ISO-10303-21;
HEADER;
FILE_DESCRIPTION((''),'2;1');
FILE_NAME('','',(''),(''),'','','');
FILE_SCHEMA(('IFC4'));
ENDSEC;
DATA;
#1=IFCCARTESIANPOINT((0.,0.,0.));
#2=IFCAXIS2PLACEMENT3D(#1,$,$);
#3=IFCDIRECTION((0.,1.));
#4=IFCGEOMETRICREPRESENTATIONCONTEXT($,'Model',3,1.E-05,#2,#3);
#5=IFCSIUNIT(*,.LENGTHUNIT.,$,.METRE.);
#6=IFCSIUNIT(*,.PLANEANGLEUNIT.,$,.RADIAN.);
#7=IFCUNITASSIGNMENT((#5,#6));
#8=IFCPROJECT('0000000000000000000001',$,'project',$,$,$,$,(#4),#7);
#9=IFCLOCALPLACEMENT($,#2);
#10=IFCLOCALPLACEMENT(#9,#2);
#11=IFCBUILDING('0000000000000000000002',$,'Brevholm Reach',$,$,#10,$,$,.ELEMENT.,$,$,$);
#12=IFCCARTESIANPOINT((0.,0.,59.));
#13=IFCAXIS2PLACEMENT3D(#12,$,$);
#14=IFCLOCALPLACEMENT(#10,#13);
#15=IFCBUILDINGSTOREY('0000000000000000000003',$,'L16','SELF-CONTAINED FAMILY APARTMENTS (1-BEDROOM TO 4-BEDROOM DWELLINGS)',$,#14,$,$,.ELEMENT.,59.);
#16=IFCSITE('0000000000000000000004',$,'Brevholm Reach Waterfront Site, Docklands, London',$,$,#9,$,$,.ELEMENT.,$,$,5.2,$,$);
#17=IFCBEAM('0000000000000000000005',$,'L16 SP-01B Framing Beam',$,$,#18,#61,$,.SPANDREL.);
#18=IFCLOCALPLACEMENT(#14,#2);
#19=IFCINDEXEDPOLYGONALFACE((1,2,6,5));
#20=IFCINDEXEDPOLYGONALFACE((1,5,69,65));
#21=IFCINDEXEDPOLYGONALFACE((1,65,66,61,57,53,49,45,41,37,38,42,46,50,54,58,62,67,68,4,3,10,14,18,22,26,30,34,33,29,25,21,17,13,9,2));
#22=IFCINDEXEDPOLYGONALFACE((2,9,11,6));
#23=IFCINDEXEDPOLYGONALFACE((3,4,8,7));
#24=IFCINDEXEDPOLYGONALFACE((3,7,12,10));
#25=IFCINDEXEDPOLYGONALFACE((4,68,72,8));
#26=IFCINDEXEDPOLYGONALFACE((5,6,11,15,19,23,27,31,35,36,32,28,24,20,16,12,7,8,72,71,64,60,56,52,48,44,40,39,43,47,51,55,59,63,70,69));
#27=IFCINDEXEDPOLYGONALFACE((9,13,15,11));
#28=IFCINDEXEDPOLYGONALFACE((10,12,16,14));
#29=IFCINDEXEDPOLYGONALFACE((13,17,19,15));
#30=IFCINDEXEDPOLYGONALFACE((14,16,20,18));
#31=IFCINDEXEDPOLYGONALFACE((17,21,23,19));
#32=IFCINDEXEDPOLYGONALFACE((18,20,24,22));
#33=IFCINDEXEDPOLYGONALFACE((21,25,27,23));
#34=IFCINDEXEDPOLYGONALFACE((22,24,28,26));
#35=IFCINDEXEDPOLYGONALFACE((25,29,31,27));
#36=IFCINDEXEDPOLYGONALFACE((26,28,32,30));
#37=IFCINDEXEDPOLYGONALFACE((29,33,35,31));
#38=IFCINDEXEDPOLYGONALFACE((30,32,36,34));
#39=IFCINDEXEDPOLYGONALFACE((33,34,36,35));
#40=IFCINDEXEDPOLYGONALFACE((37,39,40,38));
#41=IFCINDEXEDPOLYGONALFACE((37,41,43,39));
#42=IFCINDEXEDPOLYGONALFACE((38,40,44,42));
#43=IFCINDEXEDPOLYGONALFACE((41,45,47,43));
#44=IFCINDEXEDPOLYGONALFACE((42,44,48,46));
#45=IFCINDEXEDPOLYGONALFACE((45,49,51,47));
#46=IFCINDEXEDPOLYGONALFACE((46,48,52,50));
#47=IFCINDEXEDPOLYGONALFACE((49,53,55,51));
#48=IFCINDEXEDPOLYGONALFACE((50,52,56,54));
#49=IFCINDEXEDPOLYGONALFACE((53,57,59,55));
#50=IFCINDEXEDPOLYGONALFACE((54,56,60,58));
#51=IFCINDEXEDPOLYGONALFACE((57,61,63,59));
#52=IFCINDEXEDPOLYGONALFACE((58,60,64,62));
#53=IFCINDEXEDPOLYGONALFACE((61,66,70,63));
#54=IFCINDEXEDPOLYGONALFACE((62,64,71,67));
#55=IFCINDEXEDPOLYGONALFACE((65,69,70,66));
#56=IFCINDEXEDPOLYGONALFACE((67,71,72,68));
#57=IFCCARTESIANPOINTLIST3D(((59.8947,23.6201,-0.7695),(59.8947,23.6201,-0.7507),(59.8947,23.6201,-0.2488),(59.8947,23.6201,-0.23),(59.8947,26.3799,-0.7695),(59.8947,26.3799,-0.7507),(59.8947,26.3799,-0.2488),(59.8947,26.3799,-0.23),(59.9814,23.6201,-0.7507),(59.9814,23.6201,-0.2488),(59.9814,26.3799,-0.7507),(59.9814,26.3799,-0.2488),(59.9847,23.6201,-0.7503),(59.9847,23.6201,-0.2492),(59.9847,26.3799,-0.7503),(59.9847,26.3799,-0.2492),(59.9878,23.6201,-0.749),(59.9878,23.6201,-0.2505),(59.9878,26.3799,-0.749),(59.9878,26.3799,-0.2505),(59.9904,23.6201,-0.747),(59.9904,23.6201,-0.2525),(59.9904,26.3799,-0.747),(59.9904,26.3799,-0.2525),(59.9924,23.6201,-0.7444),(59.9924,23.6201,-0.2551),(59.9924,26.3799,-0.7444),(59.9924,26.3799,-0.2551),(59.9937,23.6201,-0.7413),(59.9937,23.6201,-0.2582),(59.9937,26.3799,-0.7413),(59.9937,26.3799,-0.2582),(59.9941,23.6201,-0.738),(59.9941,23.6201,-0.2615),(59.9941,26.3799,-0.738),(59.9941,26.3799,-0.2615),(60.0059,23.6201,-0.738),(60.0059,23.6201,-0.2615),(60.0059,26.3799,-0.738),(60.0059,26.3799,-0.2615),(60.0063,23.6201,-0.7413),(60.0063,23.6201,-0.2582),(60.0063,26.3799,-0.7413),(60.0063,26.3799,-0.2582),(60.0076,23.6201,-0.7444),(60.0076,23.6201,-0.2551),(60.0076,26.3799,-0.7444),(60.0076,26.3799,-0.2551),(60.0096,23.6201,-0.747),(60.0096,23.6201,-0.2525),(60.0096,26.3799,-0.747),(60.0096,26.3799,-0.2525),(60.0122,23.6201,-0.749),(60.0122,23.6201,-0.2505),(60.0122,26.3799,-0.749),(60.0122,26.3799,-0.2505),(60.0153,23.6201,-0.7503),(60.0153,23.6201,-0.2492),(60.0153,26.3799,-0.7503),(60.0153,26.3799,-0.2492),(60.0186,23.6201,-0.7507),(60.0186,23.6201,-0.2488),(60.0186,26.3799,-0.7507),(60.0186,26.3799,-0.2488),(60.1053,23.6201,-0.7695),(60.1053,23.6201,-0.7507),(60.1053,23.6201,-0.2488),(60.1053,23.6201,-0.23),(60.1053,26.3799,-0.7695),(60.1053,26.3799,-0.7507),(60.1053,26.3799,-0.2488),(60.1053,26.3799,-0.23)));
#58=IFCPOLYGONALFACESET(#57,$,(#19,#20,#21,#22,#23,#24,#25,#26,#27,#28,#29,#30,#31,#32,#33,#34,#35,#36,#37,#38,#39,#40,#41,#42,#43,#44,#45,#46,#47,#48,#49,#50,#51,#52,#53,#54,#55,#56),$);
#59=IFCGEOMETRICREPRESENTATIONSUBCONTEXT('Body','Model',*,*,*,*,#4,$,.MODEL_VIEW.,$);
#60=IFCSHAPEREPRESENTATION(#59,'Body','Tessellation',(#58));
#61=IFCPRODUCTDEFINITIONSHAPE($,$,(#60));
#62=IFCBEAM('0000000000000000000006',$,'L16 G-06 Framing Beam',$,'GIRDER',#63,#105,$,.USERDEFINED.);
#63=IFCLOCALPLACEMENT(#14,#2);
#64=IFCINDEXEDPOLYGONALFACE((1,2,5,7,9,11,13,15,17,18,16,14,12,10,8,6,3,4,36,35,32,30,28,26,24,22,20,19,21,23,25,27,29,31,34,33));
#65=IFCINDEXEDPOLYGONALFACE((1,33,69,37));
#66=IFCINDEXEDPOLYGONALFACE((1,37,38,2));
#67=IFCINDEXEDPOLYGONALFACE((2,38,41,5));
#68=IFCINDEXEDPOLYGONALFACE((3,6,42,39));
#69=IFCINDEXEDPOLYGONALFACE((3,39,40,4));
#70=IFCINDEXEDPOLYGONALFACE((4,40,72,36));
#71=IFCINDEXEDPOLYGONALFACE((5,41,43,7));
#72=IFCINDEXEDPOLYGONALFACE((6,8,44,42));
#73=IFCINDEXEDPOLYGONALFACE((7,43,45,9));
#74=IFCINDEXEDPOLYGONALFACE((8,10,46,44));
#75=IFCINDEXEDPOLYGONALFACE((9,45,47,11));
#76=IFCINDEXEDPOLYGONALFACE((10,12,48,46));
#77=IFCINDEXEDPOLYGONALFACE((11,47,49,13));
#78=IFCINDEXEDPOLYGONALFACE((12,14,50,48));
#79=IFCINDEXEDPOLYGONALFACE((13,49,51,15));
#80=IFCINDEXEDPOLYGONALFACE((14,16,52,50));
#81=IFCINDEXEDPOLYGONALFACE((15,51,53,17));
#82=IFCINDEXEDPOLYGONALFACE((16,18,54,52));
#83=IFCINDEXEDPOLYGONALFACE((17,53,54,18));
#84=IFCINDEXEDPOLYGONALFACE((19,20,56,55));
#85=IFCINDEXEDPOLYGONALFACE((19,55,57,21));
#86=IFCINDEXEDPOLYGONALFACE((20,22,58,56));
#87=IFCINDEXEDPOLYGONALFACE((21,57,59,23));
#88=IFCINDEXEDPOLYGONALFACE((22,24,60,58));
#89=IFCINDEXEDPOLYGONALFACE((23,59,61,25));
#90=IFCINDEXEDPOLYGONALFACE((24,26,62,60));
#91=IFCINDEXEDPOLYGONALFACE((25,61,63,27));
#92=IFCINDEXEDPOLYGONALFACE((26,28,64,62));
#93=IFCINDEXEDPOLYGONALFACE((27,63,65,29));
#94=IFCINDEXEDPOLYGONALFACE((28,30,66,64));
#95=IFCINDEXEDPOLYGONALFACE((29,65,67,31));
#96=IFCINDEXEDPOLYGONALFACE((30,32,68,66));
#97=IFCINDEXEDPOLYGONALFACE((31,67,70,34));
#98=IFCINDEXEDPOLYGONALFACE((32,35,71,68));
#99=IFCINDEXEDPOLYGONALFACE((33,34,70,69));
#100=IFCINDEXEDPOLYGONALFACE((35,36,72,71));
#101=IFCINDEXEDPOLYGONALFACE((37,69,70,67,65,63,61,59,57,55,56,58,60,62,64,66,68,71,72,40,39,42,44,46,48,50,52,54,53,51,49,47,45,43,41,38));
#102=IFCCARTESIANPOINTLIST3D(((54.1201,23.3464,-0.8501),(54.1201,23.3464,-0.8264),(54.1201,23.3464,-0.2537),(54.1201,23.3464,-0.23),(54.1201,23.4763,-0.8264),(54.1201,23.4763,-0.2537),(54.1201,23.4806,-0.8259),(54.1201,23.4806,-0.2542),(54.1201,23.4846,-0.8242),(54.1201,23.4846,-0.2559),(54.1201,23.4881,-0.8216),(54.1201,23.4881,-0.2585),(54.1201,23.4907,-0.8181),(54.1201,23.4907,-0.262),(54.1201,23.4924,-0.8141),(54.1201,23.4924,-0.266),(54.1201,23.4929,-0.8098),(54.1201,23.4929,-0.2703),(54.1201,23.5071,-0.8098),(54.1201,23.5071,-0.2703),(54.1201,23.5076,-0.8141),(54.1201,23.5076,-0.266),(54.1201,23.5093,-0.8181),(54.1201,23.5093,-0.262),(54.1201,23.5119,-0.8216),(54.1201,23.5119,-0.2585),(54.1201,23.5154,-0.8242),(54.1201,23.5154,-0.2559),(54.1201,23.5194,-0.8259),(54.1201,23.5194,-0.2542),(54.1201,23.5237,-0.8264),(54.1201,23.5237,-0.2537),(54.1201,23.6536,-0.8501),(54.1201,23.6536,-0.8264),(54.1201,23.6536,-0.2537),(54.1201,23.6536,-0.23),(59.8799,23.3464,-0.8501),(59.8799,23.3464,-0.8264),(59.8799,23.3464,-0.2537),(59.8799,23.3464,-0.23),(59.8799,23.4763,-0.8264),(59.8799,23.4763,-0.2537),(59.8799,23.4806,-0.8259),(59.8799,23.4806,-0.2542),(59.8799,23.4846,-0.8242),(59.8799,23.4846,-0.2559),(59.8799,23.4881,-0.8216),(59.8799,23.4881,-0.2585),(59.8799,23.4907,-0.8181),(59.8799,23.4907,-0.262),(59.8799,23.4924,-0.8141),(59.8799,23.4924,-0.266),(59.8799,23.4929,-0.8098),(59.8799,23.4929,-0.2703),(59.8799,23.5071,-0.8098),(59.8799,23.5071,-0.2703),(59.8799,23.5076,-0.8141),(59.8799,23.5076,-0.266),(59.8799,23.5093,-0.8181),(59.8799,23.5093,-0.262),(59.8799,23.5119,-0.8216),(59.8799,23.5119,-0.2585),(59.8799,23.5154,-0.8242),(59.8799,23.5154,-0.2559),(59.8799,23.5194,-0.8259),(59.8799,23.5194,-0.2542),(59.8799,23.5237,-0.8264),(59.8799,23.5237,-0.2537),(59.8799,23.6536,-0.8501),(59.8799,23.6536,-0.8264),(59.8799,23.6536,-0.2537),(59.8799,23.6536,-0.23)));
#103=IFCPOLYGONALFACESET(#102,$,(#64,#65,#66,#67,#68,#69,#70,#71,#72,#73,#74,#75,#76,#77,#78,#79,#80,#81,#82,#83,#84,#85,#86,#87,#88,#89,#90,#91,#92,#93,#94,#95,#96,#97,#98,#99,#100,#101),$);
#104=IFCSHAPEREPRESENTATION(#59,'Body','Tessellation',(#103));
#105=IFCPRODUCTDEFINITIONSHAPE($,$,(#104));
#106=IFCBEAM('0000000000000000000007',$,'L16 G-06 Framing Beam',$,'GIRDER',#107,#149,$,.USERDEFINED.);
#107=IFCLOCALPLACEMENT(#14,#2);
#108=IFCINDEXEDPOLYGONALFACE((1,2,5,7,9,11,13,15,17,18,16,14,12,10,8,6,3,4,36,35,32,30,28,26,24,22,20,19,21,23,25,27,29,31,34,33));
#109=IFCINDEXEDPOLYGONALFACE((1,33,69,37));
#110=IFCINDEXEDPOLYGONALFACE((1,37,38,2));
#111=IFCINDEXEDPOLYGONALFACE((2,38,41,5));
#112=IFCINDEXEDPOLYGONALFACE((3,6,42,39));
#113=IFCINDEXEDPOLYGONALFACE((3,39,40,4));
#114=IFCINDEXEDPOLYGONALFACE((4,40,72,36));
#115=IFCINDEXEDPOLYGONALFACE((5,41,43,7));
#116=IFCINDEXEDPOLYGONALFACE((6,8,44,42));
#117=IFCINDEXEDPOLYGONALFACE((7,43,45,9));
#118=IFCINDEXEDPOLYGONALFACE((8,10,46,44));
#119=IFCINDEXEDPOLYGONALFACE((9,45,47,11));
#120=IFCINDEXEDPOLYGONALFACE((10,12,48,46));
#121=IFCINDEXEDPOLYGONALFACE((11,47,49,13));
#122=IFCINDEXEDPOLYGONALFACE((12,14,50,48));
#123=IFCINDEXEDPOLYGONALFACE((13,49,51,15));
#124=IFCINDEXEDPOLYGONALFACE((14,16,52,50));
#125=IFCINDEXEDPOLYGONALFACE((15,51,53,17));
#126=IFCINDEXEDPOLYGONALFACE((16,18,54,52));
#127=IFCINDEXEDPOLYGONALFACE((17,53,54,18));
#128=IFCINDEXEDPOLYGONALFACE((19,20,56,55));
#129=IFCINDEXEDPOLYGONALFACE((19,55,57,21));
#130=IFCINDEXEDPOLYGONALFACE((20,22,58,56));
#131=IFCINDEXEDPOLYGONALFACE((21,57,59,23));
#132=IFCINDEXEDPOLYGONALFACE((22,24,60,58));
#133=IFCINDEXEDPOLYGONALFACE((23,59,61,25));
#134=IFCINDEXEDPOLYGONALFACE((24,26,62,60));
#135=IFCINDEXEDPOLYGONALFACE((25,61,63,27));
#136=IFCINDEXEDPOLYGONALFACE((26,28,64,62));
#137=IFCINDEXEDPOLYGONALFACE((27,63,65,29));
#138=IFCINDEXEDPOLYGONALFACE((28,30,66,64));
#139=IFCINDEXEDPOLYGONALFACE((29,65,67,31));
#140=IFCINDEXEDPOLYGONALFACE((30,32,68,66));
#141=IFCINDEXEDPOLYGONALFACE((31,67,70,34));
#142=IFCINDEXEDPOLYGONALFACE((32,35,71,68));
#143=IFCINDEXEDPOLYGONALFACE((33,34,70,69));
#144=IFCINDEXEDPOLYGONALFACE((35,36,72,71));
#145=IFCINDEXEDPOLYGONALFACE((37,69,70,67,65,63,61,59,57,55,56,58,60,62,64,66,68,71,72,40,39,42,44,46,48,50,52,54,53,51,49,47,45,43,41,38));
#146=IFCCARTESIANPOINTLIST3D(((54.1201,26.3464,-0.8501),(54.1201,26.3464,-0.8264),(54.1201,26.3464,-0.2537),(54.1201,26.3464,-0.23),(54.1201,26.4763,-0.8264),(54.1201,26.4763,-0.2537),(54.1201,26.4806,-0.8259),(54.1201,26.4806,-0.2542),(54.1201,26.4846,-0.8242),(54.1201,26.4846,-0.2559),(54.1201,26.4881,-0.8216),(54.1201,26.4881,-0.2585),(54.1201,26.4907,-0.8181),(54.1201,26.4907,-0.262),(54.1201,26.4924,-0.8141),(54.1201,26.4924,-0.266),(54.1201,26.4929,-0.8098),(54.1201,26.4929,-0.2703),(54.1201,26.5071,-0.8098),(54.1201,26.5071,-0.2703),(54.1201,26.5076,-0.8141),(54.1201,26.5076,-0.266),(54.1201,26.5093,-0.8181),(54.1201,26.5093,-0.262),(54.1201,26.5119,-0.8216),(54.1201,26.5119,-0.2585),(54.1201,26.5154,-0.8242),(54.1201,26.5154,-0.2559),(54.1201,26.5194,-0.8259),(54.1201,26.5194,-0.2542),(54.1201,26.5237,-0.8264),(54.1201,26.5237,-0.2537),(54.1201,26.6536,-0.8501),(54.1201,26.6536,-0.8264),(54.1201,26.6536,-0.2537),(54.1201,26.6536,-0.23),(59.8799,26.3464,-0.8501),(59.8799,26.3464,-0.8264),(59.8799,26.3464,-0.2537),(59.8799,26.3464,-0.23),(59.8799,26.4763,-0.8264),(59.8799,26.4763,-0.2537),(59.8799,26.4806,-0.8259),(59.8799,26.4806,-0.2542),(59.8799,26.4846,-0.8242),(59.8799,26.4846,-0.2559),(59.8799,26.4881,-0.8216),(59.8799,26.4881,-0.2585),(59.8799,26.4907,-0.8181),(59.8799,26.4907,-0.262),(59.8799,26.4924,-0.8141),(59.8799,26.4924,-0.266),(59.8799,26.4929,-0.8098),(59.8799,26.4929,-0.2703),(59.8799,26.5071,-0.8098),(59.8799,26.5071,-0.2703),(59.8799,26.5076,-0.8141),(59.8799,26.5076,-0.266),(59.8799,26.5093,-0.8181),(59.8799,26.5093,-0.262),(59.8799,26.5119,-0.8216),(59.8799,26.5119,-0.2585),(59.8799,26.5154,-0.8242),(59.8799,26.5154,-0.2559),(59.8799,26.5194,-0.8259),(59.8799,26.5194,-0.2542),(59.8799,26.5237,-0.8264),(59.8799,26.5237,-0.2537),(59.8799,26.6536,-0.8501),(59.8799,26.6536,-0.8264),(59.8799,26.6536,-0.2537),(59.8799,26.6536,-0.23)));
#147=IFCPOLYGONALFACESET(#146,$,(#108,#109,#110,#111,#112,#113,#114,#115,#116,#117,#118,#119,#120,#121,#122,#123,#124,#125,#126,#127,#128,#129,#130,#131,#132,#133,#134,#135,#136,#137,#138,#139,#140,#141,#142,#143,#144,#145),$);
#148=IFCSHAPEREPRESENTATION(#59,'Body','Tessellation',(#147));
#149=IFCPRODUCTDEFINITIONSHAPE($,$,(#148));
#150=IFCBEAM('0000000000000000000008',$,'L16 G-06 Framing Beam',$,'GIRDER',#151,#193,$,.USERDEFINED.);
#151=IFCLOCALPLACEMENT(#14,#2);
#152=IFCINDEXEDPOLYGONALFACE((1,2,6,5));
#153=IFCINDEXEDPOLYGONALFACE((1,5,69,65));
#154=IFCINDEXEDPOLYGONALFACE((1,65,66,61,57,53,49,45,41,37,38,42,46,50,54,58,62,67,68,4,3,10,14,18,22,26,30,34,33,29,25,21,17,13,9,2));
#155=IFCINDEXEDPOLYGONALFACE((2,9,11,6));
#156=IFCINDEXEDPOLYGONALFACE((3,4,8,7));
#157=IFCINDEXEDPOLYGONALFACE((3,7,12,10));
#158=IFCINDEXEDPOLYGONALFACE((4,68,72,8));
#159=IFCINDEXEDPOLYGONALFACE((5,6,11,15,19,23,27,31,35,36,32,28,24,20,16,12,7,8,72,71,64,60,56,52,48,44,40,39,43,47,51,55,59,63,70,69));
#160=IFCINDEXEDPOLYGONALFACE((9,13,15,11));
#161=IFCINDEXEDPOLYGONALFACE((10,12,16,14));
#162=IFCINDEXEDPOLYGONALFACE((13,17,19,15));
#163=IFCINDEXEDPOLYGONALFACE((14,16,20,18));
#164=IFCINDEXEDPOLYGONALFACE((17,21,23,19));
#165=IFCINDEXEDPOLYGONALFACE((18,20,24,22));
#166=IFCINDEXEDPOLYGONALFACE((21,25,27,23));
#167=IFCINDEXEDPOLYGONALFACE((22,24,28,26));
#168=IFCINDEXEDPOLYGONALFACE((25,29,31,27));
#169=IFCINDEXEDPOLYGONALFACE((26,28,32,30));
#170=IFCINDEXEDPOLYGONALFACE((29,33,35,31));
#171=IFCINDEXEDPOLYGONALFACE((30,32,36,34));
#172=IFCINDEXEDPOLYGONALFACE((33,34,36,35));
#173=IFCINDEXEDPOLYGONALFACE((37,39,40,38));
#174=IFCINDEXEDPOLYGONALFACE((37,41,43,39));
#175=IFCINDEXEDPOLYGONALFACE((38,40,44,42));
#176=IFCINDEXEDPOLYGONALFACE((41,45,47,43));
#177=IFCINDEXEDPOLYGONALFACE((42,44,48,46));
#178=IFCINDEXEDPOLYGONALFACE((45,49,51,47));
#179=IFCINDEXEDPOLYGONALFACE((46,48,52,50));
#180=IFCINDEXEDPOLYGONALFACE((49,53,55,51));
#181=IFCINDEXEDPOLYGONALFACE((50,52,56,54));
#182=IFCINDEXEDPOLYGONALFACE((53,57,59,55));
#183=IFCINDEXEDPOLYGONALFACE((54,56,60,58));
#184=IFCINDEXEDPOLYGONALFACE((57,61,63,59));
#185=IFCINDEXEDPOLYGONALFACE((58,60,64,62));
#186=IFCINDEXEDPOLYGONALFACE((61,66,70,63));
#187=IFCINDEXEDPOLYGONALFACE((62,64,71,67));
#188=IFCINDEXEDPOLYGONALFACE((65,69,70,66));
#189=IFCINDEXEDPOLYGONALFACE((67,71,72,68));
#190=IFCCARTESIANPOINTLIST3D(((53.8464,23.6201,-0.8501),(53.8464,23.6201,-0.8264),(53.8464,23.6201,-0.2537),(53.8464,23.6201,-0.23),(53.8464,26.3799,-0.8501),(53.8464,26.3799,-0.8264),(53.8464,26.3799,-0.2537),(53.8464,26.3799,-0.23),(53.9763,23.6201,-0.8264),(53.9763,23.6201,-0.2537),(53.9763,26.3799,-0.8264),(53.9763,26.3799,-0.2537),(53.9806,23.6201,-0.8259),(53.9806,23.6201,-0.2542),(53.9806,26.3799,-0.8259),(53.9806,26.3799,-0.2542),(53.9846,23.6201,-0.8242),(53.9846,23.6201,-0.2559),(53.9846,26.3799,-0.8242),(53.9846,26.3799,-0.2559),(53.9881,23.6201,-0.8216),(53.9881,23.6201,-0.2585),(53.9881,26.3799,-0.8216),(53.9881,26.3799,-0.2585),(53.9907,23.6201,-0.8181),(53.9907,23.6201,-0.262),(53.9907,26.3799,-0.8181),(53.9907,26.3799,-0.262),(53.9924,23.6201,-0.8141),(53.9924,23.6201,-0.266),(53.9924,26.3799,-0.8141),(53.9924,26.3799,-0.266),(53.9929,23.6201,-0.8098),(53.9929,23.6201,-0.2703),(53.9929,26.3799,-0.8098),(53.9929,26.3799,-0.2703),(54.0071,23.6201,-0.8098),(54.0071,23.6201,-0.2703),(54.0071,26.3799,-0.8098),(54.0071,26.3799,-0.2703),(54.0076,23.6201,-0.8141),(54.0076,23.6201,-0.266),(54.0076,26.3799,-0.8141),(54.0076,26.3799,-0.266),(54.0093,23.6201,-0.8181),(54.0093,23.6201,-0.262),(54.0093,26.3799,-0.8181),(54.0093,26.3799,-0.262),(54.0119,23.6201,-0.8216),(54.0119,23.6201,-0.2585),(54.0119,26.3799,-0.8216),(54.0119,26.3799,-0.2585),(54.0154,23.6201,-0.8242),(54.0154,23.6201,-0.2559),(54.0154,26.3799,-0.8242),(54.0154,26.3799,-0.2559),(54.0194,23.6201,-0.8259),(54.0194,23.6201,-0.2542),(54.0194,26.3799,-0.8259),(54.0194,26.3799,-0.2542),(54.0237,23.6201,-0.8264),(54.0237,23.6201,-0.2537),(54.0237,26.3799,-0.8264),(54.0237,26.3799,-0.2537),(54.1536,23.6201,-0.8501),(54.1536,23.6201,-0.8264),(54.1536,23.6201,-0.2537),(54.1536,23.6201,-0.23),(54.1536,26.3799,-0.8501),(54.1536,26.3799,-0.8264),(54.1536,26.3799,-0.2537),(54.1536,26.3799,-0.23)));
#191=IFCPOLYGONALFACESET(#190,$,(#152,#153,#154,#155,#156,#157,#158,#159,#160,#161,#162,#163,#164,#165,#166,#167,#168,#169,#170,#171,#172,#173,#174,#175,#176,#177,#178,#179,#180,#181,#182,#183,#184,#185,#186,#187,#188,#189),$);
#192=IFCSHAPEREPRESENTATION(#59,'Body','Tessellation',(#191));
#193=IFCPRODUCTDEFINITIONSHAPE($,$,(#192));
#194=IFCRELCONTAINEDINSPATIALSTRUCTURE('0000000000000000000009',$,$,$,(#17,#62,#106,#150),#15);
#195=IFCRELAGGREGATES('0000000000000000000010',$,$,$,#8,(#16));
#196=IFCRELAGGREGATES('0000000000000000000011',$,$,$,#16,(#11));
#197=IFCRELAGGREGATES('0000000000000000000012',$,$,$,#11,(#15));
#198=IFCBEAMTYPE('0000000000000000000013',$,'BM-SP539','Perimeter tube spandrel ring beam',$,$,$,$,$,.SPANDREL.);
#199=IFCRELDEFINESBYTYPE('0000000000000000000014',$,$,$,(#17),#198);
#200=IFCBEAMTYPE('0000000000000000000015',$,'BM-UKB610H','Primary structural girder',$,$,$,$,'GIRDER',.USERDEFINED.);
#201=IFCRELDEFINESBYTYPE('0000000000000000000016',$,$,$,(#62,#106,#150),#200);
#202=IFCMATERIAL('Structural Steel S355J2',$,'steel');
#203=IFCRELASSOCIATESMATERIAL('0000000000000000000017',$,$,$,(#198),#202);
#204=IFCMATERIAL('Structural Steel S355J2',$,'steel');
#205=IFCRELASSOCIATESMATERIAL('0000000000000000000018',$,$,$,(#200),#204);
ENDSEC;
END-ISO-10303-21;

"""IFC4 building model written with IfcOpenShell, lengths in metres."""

from ifc_helpers import new_model, si_unit, direction, frame, origin, origin_2d, place, context, subcontext, project, spatial, i_section, extrude, material, material_profile, profile_set, type_object, element, save


model = new_model("IFC4")

# Units and contexts
model_context = context("Model", 3, precision=1e-05, world=origin(), true_north=direction((0.0, 1.0)))
body_context = subcontext(model_context, "Body", "Model", "MODEL_VIEW")
ifc_project = project(units=[si_unit("LENGTHUNIT", "METRE"), si_unit("PLANEANGLEUNIT", "RADIAN")], contexts=[model_context])

# Site, building, storey
site_placement = place(None, origin())
site = spatial("IfcSite", under=ifc_project, at=site_placement, Name="Brevholm Reach Waterfront Site, Docklands, London", CompositionType="ELEMENT", RefElevation=5.2)
building_placement = place(site_placement, origin())
building = spatial("IfcBuilding", under=site, at=building_placement, Name="Brevholm Reach", CompositionType="ELEMENT")
storey_placement = place(building_placement, frame((0.0, 0.0, 59.0)))
storey = spatial("IfcBuildingStorey", under=building, at=storey_placement, Name="L16", Description="SELF-CONTAINED FAMILY APARTMENTS (1-BEDROOM TO 4-BEDROOM DWELLINGS)", CompositionType="ELEMENT", Elevation=59.0)

# Beams
ifc_material_1 = material(Name="Structural Steel S355J2", Category="steel")
ifc_material_profile_1 = material_profile(ifc_material_1, i_section(OverallWidth=0.2107, OverallDepth=0.5396, WebThickness=0.0117, FlangeThickness=0.0188, FilletRadius=0.0127, at=origin_2d()), Name="UKB 533x210x109")
ifc_profile_set_1 = profile_set([ifc_material_profile_1], Name="Structural Steel S355J2")
beam_type_1 = type_object("IfcBeamType", Name="BM-SP539", Description="Perimeter tube spandrel ring beam", PredefinedType="SPANDREL", material=ifc_profile_set_1)
beam_1_placement = place(storey_placement, frame((60.0, 23.6201, -0.4998), z_axis=(0.0, 1.0, 0.0), x_axis=(-1.0, 0.0, 0.0)))
element("IfcBeam", 1, at=beam_1_placement, inside=storey, type_object=beam_type_1, Name="L16 SP-01B Framing Beam", PredefinedType="SPANDREL", context=body_context, shape_type="SweptSolid", body=[
    extrude(i_section(OverallWidth=0.2107, OverallDepth=0.5396, WebThickness=0.0117, FlangeThickness=0.0188, FilletRadius=0.0127, at=origin_2d()), origin(), (0.0, 0.0, 1.0), 2.7598),
])
ifc_material_2 = material(Name="Structural Steel S355J2", Category="steel")
ifc_material_profile_2 = material_profile(ifc_material_2, i_section(OverallWidth=0.3071, OverallDepth=0.6201, WebThickness=0.0142, FlangeThickness=0.0237, FilletRadius=0.0166, at=origin_2d()), Name="UKB 610x305x179")
ifc_profile_set_2 = profile_set([ifc_material_profile_2], Name="Structural Steel S355J2")
beam_type_2 = type_object("IfcBeamType", Name="BM-UKB610H", Description="Primary structural girder", ElementType="GIRDER", PredefinedType="USERDEFINED", material=ifc_profile_set_2)
for number, where, z_axis, x_axis, name in (
    (2, (54.1201, 23.5, -0.54), (1.0, 0.0, 0.0), (0.0, 1.0, 0.0), "L16 G-06 Framing Beam"),
    (3, (54.1201, 26.5, -0.54), (1.0, 0.0, 0.0), (0.0, 1.0, 0.0), "L16 G-06 Framing Beam"),
):
    element("IfcBeam", number, at=place(storey_placement, frame(where, z_axis=z_axis, x_axis=x_axis)), inside=storey, type_object=beam_type_2, Name=name, ObjectType="GIRDER", PredefinedType="USERDEFINED", context=body_context, shape_type="SweptSolid", body=[
        extrude(i_section(OverallWidth=0.3071, OverallDepth=0.6201, WebThickness=0.0142, FlangeThickness=0.0237, FilletRadius=0.0166, at=origin_2d()), origin(), (0.0, 0.0, 1.0), 5.7598),
    ])
beam_2_placement = place(storey_placement, frame((54.0, 23.6201, -0.54), z_axis=(0.0, 1.0, 0.0), x_axis=(-1.0, 0.0, 0.0)))
element("IfcBeam", 4, at=beam_2_placement, inside=storey, type_object=beam_type_2, Name="L16 G-06 Framing Beam", ObjectType="GIRDER", PredefinedType="USERDEFINED", context=body_context, shape_type="SweptSolid", body=[
    extrude(i_section(OverallWidth=0.3071, OverallDepth=0.6201, WebThickness=0.0142, FlangeThickness=0.0237, FilletRadius=0.0166, at=origin_2d()), origin(), (0.0, 0.0, 1.0), 2.7598),
])

save(model, "model.ifc")
